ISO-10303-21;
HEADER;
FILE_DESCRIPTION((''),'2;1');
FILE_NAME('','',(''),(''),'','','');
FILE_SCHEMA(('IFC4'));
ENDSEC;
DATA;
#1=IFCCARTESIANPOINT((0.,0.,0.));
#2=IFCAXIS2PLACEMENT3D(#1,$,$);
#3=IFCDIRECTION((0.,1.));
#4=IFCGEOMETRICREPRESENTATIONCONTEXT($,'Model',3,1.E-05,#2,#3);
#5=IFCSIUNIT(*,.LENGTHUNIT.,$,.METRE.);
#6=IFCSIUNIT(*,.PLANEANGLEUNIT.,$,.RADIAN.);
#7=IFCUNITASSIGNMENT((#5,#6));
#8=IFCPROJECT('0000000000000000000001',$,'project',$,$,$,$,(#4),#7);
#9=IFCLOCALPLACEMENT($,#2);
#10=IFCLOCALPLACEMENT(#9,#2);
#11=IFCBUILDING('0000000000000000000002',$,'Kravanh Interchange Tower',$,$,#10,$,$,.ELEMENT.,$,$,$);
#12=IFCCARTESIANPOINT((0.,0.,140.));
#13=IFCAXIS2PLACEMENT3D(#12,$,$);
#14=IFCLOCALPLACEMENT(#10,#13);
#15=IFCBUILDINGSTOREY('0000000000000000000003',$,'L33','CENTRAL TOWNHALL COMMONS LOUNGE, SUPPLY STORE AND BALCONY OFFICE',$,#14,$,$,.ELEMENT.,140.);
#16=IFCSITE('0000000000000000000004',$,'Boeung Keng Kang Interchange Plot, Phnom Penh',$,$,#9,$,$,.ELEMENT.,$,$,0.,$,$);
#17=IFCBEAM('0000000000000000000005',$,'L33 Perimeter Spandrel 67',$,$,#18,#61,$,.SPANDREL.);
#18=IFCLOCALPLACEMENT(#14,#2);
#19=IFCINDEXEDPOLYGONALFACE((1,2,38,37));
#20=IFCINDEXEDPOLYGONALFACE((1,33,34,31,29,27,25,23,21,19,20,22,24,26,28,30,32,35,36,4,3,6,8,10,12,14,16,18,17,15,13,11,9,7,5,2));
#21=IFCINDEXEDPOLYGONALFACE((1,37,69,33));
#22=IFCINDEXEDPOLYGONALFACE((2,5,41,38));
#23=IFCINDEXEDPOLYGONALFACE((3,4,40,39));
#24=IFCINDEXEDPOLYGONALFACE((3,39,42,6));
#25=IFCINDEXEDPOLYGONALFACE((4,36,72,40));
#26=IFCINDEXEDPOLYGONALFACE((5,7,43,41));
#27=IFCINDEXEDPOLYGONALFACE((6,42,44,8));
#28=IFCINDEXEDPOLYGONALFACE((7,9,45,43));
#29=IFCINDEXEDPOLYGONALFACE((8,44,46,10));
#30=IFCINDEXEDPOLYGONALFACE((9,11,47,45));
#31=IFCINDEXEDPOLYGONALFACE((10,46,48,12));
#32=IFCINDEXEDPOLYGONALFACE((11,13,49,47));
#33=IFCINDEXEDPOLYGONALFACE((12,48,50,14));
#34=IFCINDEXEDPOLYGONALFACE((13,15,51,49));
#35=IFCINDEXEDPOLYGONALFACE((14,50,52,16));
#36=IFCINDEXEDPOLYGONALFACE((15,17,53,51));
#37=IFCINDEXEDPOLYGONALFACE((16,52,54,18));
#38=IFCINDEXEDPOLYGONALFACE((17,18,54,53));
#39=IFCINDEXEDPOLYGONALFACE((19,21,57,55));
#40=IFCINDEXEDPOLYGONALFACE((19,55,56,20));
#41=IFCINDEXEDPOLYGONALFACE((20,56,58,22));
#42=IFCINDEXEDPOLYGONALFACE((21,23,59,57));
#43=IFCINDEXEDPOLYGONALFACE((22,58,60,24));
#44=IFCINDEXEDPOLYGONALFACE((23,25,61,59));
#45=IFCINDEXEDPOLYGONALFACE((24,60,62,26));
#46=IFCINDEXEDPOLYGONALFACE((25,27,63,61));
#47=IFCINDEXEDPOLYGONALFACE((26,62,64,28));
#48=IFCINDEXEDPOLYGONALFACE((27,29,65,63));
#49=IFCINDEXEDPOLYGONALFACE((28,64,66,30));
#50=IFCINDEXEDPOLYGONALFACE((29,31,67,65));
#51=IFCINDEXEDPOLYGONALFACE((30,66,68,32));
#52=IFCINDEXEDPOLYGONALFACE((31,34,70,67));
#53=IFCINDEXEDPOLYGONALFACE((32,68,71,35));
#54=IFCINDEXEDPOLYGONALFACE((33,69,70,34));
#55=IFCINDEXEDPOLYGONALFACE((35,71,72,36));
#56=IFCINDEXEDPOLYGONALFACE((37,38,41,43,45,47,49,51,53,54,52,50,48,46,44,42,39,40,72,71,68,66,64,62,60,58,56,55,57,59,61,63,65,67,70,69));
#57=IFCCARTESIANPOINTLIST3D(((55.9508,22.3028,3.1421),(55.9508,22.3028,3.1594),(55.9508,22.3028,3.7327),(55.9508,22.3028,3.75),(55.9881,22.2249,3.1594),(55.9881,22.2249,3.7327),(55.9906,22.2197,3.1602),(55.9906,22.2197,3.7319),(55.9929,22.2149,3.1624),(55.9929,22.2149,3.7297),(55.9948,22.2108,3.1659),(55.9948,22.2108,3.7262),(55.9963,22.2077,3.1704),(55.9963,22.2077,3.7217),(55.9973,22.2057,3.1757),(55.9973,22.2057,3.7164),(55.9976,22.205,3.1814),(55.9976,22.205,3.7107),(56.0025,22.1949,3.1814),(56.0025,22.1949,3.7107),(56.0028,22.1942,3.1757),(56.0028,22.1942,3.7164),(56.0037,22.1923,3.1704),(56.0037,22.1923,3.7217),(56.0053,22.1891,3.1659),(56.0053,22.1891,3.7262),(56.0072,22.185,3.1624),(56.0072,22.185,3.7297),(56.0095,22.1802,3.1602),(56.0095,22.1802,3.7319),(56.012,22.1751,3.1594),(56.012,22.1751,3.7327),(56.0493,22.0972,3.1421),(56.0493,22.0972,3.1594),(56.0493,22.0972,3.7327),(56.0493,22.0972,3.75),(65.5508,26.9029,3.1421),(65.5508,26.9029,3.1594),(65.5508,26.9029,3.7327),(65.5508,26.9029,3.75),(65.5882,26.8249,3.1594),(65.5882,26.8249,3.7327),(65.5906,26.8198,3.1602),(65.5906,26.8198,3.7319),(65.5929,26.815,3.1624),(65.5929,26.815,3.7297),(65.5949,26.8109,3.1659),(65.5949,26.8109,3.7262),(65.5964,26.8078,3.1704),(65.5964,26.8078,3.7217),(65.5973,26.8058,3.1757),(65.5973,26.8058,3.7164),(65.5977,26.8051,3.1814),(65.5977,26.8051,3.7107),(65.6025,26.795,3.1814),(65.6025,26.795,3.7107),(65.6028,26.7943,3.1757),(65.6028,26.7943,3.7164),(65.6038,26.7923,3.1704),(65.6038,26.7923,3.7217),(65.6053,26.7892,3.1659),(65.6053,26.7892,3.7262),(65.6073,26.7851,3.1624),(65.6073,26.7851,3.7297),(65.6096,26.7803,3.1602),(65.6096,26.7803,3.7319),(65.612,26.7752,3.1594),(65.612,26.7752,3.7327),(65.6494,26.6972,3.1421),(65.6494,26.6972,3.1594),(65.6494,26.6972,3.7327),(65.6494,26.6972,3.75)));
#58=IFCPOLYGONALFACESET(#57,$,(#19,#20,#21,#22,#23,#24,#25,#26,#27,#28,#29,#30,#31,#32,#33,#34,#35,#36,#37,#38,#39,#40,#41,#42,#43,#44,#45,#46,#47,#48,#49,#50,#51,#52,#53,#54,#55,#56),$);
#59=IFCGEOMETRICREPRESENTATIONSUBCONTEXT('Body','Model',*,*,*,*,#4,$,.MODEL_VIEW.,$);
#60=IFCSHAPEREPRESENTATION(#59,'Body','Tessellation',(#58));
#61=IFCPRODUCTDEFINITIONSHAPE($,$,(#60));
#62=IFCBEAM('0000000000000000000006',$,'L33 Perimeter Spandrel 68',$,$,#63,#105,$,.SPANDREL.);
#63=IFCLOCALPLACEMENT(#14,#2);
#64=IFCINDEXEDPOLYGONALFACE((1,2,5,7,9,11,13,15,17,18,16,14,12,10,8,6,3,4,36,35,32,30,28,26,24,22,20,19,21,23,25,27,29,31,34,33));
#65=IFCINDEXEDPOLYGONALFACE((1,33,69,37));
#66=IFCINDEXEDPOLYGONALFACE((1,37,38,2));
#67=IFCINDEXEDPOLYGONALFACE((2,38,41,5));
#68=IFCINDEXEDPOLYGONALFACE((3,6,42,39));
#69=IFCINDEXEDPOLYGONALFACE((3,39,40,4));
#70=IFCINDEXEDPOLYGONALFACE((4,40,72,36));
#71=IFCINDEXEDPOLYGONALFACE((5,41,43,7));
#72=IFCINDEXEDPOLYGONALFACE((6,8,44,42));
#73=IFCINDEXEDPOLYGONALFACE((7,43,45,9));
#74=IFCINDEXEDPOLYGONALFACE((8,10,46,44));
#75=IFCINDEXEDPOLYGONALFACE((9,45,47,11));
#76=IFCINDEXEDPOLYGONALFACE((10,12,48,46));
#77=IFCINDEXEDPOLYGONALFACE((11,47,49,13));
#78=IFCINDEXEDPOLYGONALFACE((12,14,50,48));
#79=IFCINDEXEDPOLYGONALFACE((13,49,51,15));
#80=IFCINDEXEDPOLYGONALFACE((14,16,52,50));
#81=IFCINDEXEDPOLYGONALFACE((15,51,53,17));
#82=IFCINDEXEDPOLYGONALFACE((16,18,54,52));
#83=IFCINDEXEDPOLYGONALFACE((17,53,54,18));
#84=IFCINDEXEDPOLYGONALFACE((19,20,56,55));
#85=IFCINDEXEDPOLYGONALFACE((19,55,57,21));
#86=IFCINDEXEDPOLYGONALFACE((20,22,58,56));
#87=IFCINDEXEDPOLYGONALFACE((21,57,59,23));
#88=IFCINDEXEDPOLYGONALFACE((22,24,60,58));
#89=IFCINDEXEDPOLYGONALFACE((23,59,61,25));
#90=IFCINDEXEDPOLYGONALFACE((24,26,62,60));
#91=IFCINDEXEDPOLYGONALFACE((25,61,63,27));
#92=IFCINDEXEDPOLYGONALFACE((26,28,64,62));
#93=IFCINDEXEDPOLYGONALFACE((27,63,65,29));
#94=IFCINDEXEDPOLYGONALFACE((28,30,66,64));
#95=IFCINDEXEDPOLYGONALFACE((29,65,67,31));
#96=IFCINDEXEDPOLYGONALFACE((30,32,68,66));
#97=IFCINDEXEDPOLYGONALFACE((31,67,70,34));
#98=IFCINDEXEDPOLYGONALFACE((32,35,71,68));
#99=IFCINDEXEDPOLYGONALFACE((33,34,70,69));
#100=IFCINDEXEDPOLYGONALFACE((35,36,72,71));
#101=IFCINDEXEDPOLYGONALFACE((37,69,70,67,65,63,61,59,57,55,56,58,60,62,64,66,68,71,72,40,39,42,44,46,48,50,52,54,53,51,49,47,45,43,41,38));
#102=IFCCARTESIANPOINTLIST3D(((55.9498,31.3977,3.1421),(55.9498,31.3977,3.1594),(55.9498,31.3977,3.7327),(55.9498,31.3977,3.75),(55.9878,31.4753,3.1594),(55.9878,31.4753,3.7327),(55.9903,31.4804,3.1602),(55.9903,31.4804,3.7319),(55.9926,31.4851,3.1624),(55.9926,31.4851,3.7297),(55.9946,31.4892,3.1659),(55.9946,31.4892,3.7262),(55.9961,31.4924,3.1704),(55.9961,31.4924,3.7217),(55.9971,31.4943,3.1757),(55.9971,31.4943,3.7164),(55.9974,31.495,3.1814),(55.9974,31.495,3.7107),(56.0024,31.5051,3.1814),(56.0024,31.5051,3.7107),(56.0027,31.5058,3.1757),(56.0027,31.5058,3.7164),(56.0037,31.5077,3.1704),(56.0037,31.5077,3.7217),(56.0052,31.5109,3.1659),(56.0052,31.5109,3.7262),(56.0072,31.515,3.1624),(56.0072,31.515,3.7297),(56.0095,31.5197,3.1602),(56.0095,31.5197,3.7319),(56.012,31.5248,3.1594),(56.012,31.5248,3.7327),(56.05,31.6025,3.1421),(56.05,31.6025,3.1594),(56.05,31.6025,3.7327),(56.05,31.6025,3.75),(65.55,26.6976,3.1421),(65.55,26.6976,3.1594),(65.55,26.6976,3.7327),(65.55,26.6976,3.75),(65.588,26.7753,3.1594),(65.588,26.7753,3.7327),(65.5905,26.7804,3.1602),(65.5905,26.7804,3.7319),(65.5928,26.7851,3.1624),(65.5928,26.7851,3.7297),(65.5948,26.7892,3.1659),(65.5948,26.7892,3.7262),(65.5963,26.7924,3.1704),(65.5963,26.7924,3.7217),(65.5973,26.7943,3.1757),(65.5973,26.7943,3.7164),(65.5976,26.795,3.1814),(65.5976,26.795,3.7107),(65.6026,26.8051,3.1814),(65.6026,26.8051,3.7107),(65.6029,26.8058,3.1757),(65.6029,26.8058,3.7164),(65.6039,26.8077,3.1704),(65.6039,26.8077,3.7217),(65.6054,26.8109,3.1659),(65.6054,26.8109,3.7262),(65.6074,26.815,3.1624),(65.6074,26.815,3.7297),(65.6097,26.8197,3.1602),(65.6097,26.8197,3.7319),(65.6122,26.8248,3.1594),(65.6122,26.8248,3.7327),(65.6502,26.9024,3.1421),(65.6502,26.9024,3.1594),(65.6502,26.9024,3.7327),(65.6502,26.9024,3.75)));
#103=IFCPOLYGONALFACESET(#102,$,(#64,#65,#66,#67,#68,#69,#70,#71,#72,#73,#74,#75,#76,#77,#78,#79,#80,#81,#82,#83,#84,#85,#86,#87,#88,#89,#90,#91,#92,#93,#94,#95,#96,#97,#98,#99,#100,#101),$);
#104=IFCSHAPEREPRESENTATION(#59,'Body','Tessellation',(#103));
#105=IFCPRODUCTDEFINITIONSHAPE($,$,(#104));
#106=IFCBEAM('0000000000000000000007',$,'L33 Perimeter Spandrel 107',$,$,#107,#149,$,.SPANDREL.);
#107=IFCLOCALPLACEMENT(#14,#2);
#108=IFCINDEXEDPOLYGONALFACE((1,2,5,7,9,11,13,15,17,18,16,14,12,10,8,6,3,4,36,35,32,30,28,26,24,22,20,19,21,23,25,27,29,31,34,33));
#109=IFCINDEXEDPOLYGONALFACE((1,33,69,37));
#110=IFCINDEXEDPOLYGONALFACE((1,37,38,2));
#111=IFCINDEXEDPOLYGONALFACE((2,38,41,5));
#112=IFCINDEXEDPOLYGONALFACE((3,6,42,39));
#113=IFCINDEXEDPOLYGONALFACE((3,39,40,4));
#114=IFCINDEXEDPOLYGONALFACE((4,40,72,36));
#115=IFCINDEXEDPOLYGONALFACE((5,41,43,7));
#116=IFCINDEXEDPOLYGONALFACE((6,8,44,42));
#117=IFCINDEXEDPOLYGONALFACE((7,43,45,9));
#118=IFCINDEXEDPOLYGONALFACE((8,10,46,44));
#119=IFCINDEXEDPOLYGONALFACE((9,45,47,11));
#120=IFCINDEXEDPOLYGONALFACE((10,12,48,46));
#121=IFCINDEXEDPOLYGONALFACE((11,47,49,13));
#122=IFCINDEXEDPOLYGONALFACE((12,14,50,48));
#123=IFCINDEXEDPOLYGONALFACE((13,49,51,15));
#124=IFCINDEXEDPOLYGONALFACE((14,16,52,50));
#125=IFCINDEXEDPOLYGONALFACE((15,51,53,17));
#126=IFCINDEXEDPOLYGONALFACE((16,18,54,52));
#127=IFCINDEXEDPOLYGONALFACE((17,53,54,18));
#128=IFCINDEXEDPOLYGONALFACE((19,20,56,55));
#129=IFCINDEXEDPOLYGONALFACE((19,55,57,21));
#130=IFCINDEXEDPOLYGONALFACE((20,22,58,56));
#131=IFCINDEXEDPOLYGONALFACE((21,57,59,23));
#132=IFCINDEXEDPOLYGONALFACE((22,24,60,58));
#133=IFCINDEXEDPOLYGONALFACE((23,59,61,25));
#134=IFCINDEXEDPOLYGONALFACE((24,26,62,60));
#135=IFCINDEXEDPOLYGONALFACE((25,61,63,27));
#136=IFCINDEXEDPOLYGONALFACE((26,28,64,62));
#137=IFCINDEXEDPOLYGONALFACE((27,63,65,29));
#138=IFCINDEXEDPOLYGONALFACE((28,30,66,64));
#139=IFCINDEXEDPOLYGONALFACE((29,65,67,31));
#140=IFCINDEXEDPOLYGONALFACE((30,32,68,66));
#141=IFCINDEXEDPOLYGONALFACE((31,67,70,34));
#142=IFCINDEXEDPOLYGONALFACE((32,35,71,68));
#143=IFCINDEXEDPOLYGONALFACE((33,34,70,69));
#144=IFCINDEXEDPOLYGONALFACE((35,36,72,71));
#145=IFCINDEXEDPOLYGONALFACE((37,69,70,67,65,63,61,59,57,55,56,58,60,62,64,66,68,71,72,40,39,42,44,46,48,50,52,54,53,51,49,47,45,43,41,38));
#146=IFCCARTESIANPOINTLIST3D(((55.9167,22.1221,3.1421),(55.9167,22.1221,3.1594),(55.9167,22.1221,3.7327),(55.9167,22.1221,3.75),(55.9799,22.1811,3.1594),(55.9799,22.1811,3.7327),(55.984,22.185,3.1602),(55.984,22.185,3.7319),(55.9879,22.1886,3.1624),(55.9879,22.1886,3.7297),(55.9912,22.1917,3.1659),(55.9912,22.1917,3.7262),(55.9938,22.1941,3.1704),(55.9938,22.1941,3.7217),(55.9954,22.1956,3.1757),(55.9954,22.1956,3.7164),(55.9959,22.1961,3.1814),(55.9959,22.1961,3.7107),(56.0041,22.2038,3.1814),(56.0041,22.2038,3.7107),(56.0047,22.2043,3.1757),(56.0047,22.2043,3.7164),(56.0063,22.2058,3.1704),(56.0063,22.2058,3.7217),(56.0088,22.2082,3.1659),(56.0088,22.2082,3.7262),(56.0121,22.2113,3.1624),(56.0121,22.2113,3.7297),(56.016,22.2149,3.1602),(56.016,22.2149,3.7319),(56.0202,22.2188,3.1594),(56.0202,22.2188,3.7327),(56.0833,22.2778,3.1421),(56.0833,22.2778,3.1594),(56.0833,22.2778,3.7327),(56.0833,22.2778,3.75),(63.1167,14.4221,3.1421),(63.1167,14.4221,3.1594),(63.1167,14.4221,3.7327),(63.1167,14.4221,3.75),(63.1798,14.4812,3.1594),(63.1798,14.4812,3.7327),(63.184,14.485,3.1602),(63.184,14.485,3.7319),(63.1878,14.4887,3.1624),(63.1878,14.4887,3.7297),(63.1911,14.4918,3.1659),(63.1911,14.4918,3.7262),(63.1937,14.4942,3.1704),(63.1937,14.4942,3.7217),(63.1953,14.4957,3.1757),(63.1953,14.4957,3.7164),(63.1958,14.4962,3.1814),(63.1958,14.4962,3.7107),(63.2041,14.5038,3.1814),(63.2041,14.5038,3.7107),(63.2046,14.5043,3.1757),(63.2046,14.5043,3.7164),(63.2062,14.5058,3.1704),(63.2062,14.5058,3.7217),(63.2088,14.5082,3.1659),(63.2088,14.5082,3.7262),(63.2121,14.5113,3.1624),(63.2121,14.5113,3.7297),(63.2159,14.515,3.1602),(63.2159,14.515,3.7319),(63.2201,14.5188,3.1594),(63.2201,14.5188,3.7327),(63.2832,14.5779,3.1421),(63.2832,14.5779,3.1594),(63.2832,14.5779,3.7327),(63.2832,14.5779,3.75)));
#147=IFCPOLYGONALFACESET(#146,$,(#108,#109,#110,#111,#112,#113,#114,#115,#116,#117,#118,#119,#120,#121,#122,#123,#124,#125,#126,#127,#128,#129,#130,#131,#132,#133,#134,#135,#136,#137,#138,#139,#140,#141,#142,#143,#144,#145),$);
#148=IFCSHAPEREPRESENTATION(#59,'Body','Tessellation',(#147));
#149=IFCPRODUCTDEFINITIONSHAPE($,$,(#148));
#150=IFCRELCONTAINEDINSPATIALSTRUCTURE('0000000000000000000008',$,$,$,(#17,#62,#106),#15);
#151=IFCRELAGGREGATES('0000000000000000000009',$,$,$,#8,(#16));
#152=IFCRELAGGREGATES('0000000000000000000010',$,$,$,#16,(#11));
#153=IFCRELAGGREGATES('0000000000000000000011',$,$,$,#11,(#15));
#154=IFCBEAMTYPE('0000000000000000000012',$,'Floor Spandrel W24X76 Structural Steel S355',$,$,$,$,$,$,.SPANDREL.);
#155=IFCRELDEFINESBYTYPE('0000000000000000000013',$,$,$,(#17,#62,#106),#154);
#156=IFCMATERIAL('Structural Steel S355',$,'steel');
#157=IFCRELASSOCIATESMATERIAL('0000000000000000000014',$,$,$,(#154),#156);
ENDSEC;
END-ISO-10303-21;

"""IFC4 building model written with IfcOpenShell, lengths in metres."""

from ifc_helpers import new_model, si_unit, direction, frame, origin, origin_2d, place, context, subcontext, project, spatial, i_section, extrude, material, material_profile, profile_set, type_object, element, save


model = new_model("IFC4")

# Units and contexts
model_context = context("Model", 3, precision=1e-05, world=origin(), true_north=direction((0.0, 1.0)))
body_context = subcontext(model_context, "Body", "Model", "MODEL_VIEW")
ifc_project = project(units=[si_unit("LENGTHUNIT", "METRE"), si_unit("PLANEANGLEUNIT", "RADIAN")], contexts=[model_context])

# Site, building, storey
site_placement = place(None, origin())
site = spatial("IfcSite", under=ifc_project, at=site_placement, Name="Boeung Keng Kang Interchange Plot, Phnom Penh", CompositionType="ELEMENT", RefElevation=0.0)
building_placement = place(site_placement, origin())
building = spatial("IfcBuilding", under=site, at=building_placement, Name="Kravanh Interchange Tower", CompositionType="ELEMENT")
storey_placement = place(building_placement, frame((0.0, 0.0, 140.0)))
storey = spatial("IfcBuildingStorey", under=building, at=storey_placement, Name="L33", Description="CENTRAL TOWNHALL COMMONS LOUNGE, SUPPLY STORE AND BALCONY OFFICE", CompositionType="ELEMENT", Elevation=140.0)

# Beams
ifc_material_1 = material(Name="Structural Steel S355", Category="steel")
ifc_material_profile_1 = material_profile(ifc_material_1, i_section(OverallWidth=0.228, OverallDepth=0.6079, WebThickness=0.0112, FlangeThickness=0.0173, FilletRadius=0.022, at=origin_2d()), Name="W24X76")
ifc_profile_set_1 = profile_set([ifc_material_profile_1], Name="Structural Steel S355")
beam_type_1 = type_object("IfcBeamType", Name="Floor Spandrel W24X76 Structural Steel S355", PredefinedType="SPANDREL", material=ifc_profile_set_1)
beam_1_placement = place(storey_placement, frame((65.6001, 26.8, 3.446), z_axis=(-0.901814, -0.432124, 0.0), x_axis=(0.432124, -0.901814, 0.0)))
element("IfcBeam", 1, at=beam_1_placement, inside=storey, type_object=beam_type_1, Name="L33 Perimeter Spandrel 67", PredefinedType="SPANDREL", context=body_context, shape_type="SweptSolid", body=[
    extrude(i_section(OverallWidth=0.228, OverallDepth=0.6079, WebThickness=0.0112, FlangeThickness=0.0173, FilletRadius=0.022, at=origin_2d()), origin(), (0.0, 0.0, 1.0), 10.6453),
])
beam_2_placement = place(storey_placement, frame((65.6001, 26.8, 3.446), z_axis=(-0.898142, 0.439706, 0.0), x_axis=(-0.439706, -0.898142, 0.0)))
element("IfcBeam", 2, at=beam_2_placement, inside=storey, type_object=beam_type_1, Name="L33 Perimeter Spandrel 68", PredefinedType="SPANDREL", context=body_context, shape_type="SweptSolid", body=[
    extrude(i_section(OverallWidth=0.228, OverallDepth=0.6079, WebThickness=0.0112, FlangeThickness=0.0173, FilletRadius=0.022, at=origin_2d()), origin(), (0.0, 0.0, 1.0), 10.689),
])
beam_3_placement = place(storey_placement, frame((63.2, 14.5, 3.446), z_axis=(-0.682994, 0.730424, 0.0), x_axis=(-0.730424, -0.682994, 0.0)))
element("IfcBeam", 3, at=beam_3_placement, inside=storey, type_object=beam_type_1, Name="L33 Perimeter Spandrel 107", PredefinedType="SPANDREL", context=body_context, shape_type="SweptSolid", body=[
    extrude(i_section(OverallWidth=0.228, OverallDepth=0.6079, WebThickness=0.0112, FlangeThickness=0.0173, FilletRadius=0.022, at=origin_2d()), origin(), (0.0, 0.0, 1.0), 10.5417),
])

save(model, "model.ifc")
